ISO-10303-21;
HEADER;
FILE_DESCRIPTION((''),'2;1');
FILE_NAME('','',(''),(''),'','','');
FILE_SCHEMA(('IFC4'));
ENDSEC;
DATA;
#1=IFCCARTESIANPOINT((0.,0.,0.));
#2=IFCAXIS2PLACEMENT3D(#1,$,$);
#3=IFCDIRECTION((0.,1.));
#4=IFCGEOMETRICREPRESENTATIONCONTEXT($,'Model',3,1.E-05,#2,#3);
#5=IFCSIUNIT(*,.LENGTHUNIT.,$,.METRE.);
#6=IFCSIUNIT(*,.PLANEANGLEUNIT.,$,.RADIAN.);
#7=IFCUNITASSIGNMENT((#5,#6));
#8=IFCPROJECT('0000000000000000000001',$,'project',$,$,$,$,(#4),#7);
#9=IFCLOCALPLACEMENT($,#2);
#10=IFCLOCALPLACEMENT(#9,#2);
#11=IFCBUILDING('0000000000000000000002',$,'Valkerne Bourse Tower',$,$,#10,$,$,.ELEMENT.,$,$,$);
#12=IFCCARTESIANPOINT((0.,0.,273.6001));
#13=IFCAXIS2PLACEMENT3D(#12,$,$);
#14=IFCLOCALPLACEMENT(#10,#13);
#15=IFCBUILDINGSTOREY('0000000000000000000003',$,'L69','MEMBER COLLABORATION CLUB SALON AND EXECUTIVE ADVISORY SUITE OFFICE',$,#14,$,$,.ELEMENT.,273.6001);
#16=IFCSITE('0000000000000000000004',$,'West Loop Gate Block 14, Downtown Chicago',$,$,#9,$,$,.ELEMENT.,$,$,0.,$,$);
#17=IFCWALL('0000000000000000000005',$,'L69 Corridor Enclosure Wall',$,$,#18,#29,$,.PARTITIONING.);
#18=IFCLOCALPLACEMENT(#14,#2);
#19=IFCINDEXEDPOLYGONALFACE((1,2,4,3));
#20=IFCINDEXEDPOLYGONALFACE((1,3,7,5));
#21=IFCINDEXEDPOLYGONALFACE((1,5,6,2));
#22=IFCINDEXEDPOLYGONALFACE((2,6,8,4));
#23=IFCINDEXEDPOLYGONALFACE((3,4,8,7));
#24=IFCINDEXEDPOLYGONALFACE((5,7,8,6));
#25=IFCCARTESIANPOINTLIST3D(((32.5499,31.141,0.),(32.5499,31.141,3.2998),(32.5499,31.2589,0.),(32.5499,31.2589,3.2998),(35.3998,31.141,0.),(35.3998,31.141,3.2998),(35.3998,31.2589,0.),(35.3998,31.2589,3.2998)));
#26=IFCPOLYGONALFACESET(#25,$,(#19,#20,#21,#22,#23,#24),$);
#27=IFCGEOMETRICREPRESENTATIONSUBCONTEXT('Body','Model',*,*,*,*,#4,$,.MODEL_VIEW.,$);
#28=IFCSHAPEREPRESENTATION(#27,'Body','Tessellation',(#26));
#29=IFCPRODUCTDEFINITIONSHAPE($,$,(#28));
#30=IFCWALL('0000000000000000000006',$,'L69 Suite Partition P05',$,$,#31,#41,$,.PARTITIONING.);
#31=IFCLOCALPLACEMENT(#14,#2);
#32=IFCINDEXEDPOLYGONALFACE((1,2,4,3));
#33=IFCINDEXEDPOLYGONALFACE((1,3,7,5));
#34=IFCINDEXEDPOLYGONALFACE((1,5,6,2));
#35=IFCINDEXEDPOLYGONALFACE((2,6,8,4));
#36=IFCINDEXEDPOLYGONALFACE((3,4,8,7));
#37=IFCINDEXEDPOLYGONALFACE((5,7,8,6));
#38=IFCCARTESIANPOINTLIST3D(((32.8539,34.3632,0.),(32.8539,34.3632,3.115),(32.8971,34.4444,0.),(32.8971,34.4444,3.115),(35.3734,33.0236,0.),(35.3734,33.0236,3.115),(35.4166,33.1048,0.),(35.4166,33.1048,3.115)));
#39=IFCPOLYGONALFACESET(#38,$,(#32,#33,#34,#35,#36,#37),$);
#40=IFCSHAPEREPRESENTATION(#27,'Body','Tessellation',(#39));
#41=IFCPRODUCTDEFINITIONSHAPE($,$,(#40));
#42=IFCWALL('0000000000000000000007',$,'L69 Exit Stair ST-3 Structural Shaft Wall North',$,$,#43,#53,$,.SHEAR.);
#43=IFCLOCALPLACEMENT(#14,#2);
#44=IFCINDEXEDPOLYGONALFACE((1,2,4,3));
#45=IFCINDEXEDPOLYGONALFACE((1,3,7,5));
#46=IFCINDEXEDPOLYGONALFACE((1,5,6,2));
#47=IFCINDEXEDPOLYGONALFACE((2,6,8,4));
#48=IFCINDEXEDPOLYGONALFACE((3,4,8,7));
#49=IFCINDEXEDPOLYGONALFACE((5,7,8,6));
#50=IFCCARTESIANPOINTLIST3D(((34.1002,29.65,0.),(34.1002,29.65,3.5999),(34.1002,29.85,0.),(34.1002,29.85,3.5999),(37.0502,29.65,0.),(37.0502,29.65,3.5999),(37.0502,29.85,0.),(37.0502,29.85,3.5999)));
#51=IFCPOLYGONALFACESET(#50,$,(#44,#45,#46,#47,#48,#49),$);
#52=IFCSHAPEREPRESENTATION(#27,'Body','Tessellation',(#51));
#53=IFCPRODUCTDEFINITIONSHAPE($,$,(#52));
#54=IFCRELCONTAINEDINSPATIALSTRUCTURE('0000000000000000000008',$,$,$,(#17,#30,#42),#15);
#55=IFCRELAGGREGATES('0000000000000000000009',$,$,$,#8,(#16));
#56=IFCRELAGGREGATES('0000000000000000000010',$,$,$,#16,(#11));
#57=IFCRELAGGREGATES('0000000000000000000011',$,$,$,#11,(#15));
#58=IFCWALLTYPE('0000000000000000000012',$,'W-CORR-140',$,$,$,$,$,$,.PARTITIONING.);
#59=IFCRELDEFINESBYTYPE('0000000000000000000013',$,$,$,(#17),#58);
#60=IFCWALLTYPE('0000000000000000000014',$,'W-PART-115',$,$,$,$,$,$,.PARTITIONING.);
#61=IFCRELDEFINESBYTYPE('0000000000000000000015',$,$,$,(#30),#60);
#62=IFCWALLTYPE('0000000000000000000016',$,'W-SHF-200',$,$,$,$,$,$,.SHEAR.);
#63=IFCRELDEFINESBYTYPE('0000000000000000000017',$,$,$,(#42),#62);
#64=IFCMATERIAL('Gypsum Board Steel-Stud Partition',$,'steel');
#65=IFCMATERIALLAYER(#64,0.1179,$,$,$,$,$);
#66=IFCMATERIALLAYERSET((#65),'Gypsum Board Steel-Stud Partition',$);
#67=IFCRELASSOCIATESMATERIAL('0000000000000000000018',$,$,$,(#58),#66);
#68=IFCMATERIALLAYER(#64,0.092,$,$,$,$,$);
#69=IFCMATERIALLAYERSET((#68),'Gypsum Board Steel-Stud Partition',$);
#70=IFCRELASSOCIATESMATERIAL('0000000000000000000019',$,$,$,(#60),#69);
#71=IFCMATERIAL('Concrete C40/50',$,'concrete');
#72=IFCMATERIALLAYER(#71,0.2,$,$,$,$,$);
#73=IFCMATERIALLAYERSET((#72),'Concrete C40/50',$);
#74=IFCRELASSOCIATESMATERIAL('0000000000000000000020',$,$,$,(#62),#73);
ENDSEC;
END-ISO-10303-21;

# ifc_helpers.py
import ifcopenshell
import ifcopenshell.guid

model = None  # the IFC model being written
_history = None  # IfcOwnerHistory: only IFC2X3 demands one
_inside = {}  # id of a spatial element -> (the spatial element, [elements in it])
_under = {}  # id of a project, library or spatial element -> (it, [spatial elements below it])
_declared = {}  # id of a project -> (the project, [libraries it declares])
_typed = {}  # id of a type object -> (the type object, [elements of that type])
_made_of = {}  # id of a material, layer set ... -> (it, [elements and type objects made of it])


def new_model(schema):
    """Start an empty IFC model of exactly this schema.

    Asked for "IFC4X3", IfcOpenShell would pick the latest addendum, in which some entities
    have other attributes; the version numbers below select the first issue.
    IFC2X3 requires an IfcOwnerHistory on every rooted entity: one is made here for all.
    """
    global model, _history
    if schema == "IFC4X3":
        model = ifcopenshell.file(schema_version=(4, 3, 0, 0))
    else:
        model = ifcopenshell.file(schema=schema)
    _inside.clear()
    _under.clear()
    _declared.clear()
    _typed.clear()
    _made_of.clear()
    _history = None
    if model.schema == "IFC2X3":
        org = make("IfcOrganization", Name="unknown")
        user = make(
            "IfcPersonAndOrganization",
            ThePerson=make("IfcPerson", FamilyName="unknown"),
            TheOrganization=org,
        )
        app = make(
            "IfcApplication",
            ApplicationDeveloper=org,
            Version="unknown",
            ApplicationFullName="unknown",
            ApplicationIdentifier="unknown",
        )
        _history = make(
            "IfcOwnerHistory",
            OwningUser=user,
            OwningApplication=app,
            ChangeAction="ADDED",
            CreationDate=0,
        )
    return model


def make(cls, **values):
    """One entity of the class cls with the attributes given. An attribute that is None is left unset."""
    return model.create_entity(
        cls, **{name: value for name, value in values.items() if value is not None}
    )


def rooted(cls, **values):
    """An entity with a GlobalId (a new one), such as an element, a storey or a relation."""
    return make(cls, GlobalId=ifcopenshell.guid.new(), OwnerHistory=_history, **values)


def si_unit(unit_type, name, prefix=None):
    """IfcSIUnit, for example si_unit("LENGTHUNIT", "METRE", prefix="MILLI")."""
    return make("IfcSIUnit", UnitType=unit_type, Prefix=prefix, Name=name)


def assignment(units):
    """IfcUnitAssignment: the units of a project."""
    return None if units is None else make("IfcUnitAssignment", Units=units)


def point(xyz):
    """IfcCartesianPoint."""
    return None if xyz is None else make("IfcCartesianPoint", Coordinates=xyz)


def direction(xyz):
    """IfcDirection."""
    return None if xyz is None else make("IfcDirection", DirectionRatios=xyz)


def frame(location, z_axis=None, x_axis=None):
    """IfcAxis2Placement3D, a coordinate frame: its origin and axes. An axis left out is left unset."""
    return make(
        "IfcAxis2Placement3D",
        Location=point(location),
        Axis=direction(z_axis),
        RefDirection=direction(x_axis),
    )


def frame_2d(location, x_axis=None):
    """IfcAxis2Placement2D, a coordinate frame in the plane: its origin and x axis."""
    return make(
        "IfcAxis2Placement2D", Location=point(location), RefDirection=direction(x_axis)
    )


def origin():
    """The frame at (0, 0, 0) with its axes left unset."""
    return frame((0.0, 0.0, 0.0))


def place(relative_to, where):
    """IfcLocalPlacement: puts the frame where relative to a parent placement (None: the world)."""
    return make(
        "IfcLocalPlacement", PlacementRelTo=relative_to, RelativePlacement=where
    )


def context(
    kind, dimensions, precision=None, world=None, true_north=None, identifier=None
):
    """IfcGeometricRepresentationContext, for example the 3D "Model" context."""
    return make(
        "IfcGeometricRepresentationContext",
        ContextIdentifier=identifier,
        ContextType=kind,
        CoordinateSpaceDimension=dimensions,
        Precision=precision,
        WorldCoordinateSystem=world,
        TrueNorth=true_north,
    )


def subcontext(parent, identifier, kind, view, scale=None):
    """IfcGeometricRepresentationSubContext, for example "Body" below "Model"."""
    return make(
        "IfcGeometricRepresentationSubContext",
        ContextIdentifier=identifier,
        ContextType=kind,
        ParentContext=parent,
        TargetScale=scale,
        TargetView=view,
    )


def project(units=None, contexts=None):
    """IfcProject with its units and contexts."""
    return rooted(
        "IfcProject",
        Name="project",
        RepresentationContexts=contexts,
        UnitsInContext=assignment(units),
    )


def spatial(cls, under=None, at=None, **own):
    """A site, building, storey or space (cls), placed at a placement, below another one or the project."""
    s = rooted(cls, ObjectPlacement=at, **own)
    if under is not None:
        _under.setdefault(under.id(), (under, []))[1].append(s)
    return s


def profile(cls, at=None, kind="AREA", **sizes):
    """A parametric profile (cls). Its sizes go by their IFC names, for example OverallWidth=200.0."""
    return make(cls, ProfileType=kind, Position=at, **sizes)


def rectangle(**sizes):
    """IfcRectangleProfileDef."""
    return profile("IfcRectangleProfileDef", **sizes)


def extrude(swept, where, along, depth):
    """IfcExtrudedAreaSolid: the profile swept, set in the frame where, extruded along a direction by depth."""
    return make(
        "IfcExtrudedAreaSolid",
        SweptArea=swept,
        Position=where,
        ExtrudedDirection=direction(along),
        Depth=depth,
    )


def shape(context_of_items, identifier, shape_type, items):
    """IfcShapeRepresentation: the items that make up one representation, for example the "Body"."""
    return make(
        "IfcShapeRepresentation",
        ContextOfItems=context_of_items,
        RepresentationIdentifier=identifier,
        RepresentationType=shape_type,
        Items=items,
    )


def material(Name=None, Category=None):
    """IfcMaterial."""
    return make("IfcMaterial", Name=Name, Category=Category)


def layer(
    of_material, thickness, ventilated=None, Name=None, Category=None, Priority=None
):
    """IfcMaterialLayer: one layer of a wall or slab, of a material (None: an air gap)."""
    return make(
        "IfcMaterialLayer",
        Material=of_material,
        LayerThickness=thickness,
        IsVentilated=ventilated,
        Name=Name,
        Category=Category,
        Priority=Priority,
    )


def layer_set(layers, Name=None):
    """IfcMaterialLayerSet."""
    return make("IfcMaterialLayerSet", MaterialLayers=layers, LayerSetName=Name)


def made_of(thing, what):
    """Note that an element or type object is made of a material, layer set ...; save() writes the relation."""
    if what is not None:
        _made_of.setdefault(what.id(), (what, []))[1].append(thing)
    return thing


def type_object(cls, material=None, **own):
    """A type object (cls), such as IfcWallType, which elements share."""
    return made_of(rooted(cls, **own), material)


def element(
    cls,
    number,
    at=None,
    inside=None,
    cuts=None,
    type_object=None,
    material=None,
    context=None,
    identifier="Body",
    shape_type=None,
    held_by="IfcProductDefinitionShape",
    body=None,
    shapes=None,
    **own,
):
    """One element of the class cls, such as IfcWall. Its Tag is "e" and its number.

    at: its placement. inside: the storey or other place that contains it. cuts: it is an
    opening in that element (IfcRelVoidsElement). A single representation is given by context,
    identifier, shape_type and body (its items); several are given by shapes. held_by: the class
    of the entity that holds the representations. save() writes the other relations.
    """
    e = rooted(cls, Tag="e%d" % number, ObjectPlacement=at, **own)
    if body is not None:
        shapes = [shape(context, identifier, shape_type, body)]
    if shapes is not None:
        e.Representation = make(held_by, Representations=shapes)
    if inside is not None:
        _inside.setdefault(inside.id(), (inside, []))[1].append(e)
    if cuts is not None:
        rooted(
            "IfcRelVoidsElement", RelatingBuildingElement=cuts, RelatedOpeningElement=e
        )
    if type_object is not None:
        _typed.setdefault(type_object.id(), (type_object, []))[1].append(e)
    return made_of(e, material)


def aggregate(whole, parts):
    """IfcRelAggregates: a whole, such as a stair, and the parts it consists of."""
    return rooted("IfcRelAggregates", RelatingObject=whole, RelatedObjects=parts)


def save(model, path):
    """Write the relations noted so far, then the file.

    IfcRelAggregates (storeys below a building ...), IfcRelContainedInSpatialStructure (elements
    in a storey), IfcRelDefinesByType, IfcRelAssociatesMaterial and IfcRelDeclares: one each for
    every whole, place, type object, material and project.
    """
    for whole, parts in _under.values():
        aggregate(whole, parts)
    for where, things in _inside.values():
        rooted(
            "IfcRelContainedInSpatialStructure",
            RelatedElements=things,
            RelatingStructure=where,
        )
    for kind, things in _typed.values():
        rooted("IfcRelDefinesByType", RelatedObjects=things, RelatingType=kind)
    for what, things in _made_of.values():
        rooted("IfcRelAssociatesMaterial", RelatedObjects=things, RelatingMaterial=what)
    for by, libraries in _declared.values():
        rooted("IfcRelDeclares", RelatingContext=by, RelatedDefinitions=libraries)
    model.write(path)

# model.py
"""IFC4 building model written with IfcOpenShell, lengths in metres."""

from ifc_helpers import new_model, si_unit, direction, frame, frame_2d, origin, place, context, subcontext, project, spatial, rectangle, extrude, material, layer, layer_set, type_object, element, save


model = new_model("IFC4")

# Units and contexts
model_context = context("Model", 3, precision=1e-05, world=origin(), true_north=direction((0.0, 1.0)))
body_context = subcontext(model_context, "Body", "Model", "MODEL_VIEW")
ifc_project = project(units=[si_unit("LENGTHUNIT", "METRE"), si_unit("PLANEANGLEUNIT", "RADIAN")], contexts=[model_context])

# Site, building, storey
site_placement = place(None, origin())
site = spatial("IfcSite", under=ifc_project, at=site_placement, Name="West Loop Gate Block 14, Downtown Chicago", CompositionType="ELEMENT", RefElevation=0.0)
building_placement = place(site_placement, origin())
building = spatial("IfcBuilding", under=site, at=building_placement, Name="Valkerne Bourse Tower", CompositionType="ELEMENT")
storey_placement = place(building_placement, frame((0.0, 0.0, 273.6001)))
storey = spatial("IfcBuildingStorey", under=building, at=storey_placement, Name="L69", Description="MEMBER COLLABORATION CLUB SALON AND EXECUTIVE ADVISORY SUITE OFFICE", CompositionType="ELEMENT", Elevation=273.6001)

# Walls
ifc_material_1 = material(Name="Gypsum Board Steel-Stud Partition", Category="steel")
ifc_layer_1 = layer(ifc_material_1, 0.1179)
ifc_layer_set_1 = layer_set([ifc_layer_1], Name="Gypsum Board Steel-Stud Partition")
wall_type_1 = type_object("IfcWallType", Name="W-CORR-140", PredefinedType="PARTITIONING", material=ifc_layer_set_1)
wall_1_placement = place(storey_placement, frame((32.55, 31.2, 0.0), z_axis=(0.0, 0.0, 1.0), x_axis=(1.0, 0.0, 0.0)))
element("IfcWall", 1, at=wall_1_placement, inside=storey, type_object=wall_type_1, Name="L69 Corridor Enclosure Wall", PredefinedType="PARTITIONING", context=body_context, shape_type="SweptSolid", body=[
    extrude(rectangle(XDim=2.8499, YDim=0.1179, at=frame_2d((1.4248, 0.0))), origin(), (0.0, 0.0, 1.0), 3.2998),
])
ifc_layer_2 = layer(ifc_material_1, 0.092)
ifc_layer_set_2 = layer_set([ifc_layer_2], Name="Gypsum Board Steel-Stud Partition")
wall_type_2 = type_object("IfcWallType", Name="W-PART-115", PredefinedType="PARTITIONING", material=ifc_layer_set_2)
wall_2_placement = place(storey_placement, frame((35.395, 33.0642, 0.0), z_axis=(0.0, 0.0, 1.0), x_axis=(-0.882956, 0.469455, 0.0)))
element("IfcWall", 2, at=wall_2_placement, inside=storey, type_object=wall_type_2, Name="L69 Suite Partition P05", PredefinedType="PARTITIONING", context=body_context, shape_type="SweptSolid", body=[
    extrude(rectangle(XDim=2.8535, YDim=0.092, at=frame_2d((1.4268, 0.0))), origin(), (0.0, 0.0, 1.0), 3.115),
])
ifc_material_2 = material(Name="Concrete C40/50", Category="concrete")
ifc_layer_3 = layer(ifc_material_2, 0.2)
ifc_layer_set_3 = layer_set([ifc_layer_3], Name="Concrete C40/50")
wall_type_3 = type_object("IfcWallType", Name="W-SHF-200", PredefinedType="SHEAR", material=ifc_layer_set_3)
wall_3_placement = place(storey_placement, frame((34.1001, 29.75, 0.0), z_axis=(0.0, 0.0, 1.0), x_axis=(1.0, 0.0, 0.0)))
element("IfcWall", 3, at=wall_3_placement, inside=storey, type_object=wall_type_3, Name="L69 Exit Stair ST-3 Structural Shaft Wall North", PredefinedType="SHEAR", context=body_context, shape_type="SweptSolid", body=[
    extrude(rectangle(XDim=2.95, YDim=0.2, at=frame_2d((1.4751, 0.0))), origin(), (0.0, 0.0, 1.0), 3.5999),
])

save(model, "model.ifc")
